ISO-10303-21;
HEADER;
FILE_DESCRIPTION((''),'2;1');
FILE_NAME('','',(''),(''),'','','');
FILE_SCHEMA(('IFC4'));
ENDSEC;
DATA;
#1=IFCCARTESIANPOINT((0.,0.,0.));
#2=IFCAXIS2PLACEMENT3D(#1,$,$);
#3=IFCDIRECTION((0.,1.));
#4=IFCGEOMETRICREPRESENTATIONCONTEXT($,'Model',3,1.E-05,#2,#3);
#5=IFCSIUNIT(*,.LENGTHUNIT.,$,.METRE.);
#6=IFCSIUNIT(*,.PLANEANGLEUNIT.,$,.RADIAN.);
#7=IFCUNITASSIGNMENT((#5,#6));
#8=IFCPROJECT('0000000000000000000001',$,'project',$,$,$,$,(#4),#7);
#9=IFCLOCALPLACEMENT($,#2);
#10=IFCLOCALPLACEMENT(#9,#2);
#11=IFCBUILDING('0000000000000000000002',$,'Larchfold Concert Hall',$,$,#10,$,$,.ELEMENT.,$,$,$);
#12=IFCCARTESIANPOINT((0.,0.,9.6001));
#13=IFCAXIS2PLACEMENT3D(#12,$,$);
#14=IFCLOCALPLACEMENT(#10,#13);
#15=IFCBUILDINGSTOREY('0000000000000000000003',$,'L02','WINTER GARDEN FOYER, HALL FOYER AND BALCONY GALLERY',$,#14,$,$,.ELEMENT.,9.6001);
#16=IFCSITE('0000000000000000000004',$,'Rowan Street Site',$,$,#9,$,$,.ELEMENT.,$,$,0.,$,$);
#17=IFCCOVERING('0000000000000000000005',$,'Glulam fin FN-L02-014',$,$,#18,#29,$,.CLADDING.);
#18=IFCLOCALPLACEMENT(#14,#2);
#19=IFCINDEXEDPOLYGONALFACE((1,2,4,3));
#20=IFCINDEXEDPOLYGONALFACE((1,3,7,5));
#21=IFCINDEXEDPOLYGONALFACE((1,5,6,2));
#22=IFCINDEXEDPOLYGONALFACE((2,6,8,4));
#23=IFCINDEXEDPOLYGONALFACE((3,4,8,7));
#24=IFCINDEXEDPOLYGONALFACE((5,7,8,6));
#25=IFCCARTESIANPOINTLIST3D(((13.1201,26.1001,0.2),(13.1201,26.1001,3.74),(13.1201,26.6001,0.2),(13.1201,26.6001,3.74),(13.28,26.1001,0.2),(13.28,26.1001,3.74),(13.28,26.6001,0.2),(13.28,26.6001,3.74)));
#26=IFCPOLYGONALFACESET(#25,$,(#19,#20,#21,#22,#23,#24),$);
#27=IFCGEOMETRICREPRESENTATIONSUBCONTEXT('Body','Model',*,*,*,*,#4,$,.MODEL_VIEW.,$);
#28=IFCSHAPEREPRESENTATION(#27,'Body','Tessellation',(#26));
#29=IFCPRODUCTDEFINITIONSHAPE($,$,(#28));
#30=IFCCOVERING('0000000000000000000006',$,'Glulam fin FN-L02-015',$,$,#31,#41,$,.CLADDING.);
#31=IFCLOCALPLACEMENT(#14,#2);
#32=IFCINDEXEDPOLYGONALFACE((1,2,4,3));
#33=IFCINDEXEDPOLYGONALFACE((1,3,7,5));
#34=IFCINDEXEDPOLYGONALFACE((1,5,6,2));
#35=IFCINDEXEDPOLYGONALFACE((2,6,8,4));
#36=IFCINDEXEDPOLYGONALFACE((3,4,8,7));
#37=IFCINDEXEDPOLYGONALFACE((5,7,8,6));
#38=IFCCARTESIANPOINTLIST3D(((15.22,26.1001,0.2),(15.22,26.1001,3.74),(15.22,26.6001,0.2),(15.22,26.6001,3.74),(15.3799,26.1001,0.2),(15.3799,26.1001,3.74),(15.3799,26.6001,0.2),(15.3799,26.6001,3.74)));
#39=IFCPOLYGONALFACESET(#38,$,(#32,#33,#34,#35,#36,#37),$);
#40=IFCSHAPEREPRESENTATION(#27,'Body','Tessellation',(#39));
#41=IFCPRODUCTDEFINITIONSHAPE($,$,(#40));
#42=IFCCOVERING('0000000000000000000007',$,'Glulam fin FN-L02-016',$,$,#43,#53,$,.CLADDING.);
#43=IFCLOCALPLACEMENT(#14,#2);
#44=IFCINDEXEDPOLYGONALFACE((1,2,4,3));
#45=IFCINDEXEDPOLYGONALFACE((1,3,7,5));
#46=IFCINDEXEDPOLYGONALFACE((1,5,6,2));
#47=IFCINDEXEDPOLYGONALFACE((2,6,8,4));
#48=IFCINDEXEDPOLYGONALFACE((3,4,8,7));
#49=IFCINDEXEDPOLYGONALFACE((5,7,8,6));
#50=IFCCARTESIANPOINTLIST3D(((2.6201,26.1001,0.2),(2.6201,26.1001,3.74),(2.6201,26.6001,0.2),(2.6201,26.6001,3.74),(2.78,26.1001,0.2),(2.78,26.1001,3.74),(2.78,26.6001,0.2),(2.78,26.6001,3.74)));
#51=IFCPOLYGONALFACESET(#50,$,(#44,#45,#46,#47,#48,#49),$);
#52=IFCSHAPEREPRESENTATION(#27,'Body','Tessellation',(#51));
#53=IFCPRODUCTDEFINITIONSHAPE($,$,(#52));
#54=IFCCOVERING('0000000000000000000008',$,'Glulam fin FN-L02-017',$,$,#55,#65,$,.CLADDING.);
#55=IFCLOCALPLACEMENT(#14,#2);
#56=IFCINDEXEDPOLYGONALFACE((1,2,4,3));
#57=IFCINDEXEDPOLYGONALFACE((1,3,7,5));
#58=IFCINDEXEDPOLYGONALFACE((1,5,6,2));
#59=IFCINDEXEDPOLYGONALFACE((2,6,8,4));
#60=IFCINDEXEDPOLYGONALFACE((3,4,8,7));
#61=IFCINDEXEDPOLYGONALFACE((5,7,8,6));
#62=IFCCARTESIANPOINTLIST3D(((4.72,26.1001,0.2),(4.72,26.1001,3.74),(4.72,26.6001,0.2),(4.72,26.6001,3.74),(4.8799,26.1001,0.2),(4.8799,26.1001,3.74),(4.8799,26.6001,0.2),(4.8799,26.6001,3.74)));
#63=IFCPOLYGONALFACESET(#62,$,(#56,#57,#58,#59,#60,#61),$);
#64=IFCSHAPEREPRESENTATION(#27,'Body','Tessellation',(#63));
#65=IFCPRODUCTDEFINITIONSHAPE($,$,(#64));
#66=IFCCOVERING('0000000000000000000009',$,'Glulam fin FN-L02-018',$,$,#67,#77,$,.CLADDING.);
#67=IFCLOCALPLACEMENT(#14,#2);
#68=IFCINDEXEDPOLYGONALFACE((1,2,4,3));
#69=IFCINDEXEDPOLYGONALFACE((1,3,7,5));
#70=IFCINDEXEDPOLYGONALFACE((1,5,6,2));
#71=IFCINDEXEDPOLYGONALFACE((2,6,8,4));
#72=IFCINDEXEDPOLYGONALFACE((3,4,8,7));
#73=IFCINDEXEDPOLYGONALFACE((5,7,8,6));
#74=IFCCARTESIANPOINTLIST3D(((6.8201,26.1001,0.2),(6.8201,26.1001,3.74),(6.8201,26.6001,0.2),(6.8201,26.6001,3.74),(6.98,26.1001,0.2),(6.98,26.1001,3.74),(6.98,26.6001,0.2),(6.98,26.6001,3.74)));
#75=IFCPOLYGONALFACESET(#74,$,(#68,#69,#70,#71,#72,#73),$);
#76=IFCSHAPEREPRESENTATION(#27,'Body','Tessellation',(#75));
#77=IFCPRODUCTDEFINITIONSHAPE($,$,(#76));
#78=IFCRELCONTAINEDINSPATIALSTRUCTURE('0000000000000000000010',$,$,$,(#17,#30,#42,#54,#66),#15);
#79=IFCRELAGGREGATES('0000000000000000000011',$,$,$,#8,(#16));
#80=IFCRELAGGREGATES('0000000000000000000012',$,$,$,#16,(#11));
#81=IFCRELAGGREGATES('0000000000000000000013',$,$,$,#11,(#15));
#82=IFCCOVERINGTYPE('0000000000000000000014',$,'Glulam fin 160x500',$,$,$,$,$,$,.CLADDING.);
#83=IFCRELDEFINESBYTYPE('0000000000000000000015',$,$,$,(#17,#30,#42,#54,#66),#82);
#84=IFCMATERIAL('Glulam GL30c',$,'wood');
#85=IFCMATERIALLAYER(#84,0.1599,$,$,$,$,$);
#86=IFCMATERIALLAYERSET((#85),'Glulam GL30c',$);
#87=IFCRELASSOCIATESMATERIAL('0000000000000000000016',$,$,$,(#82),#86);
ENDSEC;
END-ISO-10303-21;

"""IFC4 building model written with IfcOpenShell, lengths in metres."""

from ifc_helpers import new_model, si_unit, direction, frame, origin, place, context, subcontext, project, spatial, polyline, outline, extrude, material, layer, layer_set, type_object, element, save


model = new_model("IFC4")

# Units and contexts
model_context = context("Model", 3, precision=1e-05, world=origin(), true_north=direction((0.0, 1.0)))
body_context = subcontext(model_context, "Body", "Model", "MODEL_VIEW")
ifc_project = project(units=[si_unit("LENGTHUNIT", "METRE"), si_unit("PLANEANGLEUNIT", "RADIAN")], contexts=[model_context])

# Site, building, storey
site_placement = place(None, origin())
site = spatial("IfcSite", under=ifc_project, at=site_placement, Name="Rowan Street Site", CompositionType="ELEMENT", RefElevation=0.0)
building_placement = place(site_placement, origin())
building = spatial("IfcBuilding", under=site, at=building_placement, Name="Larchfold Concert Hall", CompositionType="ELEMENT")
storey_placement = place(building_placement, frame((0.0, 0.0, 9.6001)))
storey = spatial("IfcBuildingStorey", under=building, at=storey_placement, Name="L02", Description="WINTER GARDEN FOYER, HALL FOYER AND BALCONY GALLERY", CompositionType="ELEMENT", Elevation=9.6001)

# Coverings
ifc_material_1 = material(Name="Glulam GL30c", Category="wood")
ifc_layer_1 = layer(ifc_material_1, 0.1599)
ifc_layer_set_1 = layer_set([ifc_layer_1], Name="Glulam GL30c")
covering_type_1 = type_object("IfcCoveringType", Name="Glulam fin 160x500", PredefinedType="CLADDING", material=ifc_layer_set_1)
covering_1_placement = place(storey_placement, frame((0.0, 0.0, 0.2)))
element("IfcCovering", 1, at=covering_1_placement, inside=storey, type_object=covering_type_1, Name="Glulam fin FN-L02-014", PredefinedType="CLADDING", context=body_context, shape_type="SweptSolid", body=[
    extrude(outline(polyline([(13.28, 26.1001), (13.28, 26.6001), (13.1201, 26.6001), (13.1201, 26.1001), (13.28, 26.1001)])), origin(), (0.0, 0.0, 1.0), 3.54),
])
covering_2_placement = place(storey_placement, frame((0.0, 0.0, 0.2)))
element("IfcCovering", 2, at=covering_2_placement, inside=storey, type_object=covering_type_1, Name="Glulam fin FN-L02-015", PredefinedType="CLADDING", context=body_context, shape_type="SweptSolid", body=[
    extrude(outline(polyline([(15.3799, 26.1001), (15.3799, 26.6001), (15.22, 26.6001), (15.22, 26.1001), (15.3799, 26.1001)])), origin(), (0.0, 0.0, 1.0), 3.54),
])
covering_3_placement = place(storey_placement, frame((0.0, 0.0, 0.2)))
element("IfcCovering", 3, at=covering_3_placement, inside=storey, type_object=covering_type_1, Name="Glulam fin FN-L02-016", PredefinedType="CLADDING", context=body_context, shape_type="SweptSolid", body=[
    extrude(outline(polyline([(2.78, 26.1001), (2.78, 26.6001), (2.6201, 26.6001), (2.6201, 26.1001), (2.78, 26.1001)])), origin(), (0.0, 0.0, 1.0), 3.54),
])
covering_4_placement = place(storey_placement, frame((0.0, 0.0, 0.2)))
element("IfcCovering", 4, at=covering_4_placement, inside=storey, type_object=covering_type_1, Name="Glulam fin FN-L02-017", PredefinedType="CLADDING", context=body_context, shape_type="SweptSolid", body=[
    extrude(outline(polyline([(4.8799, 26.1001), (4.8799, 26.6001), (4.72, 26.6001), (4.72, 26.1001), (4.8799, 26.1001)])), origin(), (0.0, 0.0, 1.0), 3.54),
])
covering_5_placement = place(storey_placement, frame((0.0, 0.0, 0.2)))
element("IfcCovering", 5, at=covering_5_placement, inside=storey, type_object=covering_type_1, Name="Glulam fin FN-L02-018", PredefinedType="CLADDING", context=body_context, shape_type="SweptSolid", body=[
    extrude(outline(polyline([(6.98, 26.1001), (6.98, 26.6001), (6.8201, 26.6001), (6.8201, 26.1001), (6.98, 26.1001)])), origin(), (0.0, 0.0, 1.0), 3.54),
])

save(model, "model.ifc")
